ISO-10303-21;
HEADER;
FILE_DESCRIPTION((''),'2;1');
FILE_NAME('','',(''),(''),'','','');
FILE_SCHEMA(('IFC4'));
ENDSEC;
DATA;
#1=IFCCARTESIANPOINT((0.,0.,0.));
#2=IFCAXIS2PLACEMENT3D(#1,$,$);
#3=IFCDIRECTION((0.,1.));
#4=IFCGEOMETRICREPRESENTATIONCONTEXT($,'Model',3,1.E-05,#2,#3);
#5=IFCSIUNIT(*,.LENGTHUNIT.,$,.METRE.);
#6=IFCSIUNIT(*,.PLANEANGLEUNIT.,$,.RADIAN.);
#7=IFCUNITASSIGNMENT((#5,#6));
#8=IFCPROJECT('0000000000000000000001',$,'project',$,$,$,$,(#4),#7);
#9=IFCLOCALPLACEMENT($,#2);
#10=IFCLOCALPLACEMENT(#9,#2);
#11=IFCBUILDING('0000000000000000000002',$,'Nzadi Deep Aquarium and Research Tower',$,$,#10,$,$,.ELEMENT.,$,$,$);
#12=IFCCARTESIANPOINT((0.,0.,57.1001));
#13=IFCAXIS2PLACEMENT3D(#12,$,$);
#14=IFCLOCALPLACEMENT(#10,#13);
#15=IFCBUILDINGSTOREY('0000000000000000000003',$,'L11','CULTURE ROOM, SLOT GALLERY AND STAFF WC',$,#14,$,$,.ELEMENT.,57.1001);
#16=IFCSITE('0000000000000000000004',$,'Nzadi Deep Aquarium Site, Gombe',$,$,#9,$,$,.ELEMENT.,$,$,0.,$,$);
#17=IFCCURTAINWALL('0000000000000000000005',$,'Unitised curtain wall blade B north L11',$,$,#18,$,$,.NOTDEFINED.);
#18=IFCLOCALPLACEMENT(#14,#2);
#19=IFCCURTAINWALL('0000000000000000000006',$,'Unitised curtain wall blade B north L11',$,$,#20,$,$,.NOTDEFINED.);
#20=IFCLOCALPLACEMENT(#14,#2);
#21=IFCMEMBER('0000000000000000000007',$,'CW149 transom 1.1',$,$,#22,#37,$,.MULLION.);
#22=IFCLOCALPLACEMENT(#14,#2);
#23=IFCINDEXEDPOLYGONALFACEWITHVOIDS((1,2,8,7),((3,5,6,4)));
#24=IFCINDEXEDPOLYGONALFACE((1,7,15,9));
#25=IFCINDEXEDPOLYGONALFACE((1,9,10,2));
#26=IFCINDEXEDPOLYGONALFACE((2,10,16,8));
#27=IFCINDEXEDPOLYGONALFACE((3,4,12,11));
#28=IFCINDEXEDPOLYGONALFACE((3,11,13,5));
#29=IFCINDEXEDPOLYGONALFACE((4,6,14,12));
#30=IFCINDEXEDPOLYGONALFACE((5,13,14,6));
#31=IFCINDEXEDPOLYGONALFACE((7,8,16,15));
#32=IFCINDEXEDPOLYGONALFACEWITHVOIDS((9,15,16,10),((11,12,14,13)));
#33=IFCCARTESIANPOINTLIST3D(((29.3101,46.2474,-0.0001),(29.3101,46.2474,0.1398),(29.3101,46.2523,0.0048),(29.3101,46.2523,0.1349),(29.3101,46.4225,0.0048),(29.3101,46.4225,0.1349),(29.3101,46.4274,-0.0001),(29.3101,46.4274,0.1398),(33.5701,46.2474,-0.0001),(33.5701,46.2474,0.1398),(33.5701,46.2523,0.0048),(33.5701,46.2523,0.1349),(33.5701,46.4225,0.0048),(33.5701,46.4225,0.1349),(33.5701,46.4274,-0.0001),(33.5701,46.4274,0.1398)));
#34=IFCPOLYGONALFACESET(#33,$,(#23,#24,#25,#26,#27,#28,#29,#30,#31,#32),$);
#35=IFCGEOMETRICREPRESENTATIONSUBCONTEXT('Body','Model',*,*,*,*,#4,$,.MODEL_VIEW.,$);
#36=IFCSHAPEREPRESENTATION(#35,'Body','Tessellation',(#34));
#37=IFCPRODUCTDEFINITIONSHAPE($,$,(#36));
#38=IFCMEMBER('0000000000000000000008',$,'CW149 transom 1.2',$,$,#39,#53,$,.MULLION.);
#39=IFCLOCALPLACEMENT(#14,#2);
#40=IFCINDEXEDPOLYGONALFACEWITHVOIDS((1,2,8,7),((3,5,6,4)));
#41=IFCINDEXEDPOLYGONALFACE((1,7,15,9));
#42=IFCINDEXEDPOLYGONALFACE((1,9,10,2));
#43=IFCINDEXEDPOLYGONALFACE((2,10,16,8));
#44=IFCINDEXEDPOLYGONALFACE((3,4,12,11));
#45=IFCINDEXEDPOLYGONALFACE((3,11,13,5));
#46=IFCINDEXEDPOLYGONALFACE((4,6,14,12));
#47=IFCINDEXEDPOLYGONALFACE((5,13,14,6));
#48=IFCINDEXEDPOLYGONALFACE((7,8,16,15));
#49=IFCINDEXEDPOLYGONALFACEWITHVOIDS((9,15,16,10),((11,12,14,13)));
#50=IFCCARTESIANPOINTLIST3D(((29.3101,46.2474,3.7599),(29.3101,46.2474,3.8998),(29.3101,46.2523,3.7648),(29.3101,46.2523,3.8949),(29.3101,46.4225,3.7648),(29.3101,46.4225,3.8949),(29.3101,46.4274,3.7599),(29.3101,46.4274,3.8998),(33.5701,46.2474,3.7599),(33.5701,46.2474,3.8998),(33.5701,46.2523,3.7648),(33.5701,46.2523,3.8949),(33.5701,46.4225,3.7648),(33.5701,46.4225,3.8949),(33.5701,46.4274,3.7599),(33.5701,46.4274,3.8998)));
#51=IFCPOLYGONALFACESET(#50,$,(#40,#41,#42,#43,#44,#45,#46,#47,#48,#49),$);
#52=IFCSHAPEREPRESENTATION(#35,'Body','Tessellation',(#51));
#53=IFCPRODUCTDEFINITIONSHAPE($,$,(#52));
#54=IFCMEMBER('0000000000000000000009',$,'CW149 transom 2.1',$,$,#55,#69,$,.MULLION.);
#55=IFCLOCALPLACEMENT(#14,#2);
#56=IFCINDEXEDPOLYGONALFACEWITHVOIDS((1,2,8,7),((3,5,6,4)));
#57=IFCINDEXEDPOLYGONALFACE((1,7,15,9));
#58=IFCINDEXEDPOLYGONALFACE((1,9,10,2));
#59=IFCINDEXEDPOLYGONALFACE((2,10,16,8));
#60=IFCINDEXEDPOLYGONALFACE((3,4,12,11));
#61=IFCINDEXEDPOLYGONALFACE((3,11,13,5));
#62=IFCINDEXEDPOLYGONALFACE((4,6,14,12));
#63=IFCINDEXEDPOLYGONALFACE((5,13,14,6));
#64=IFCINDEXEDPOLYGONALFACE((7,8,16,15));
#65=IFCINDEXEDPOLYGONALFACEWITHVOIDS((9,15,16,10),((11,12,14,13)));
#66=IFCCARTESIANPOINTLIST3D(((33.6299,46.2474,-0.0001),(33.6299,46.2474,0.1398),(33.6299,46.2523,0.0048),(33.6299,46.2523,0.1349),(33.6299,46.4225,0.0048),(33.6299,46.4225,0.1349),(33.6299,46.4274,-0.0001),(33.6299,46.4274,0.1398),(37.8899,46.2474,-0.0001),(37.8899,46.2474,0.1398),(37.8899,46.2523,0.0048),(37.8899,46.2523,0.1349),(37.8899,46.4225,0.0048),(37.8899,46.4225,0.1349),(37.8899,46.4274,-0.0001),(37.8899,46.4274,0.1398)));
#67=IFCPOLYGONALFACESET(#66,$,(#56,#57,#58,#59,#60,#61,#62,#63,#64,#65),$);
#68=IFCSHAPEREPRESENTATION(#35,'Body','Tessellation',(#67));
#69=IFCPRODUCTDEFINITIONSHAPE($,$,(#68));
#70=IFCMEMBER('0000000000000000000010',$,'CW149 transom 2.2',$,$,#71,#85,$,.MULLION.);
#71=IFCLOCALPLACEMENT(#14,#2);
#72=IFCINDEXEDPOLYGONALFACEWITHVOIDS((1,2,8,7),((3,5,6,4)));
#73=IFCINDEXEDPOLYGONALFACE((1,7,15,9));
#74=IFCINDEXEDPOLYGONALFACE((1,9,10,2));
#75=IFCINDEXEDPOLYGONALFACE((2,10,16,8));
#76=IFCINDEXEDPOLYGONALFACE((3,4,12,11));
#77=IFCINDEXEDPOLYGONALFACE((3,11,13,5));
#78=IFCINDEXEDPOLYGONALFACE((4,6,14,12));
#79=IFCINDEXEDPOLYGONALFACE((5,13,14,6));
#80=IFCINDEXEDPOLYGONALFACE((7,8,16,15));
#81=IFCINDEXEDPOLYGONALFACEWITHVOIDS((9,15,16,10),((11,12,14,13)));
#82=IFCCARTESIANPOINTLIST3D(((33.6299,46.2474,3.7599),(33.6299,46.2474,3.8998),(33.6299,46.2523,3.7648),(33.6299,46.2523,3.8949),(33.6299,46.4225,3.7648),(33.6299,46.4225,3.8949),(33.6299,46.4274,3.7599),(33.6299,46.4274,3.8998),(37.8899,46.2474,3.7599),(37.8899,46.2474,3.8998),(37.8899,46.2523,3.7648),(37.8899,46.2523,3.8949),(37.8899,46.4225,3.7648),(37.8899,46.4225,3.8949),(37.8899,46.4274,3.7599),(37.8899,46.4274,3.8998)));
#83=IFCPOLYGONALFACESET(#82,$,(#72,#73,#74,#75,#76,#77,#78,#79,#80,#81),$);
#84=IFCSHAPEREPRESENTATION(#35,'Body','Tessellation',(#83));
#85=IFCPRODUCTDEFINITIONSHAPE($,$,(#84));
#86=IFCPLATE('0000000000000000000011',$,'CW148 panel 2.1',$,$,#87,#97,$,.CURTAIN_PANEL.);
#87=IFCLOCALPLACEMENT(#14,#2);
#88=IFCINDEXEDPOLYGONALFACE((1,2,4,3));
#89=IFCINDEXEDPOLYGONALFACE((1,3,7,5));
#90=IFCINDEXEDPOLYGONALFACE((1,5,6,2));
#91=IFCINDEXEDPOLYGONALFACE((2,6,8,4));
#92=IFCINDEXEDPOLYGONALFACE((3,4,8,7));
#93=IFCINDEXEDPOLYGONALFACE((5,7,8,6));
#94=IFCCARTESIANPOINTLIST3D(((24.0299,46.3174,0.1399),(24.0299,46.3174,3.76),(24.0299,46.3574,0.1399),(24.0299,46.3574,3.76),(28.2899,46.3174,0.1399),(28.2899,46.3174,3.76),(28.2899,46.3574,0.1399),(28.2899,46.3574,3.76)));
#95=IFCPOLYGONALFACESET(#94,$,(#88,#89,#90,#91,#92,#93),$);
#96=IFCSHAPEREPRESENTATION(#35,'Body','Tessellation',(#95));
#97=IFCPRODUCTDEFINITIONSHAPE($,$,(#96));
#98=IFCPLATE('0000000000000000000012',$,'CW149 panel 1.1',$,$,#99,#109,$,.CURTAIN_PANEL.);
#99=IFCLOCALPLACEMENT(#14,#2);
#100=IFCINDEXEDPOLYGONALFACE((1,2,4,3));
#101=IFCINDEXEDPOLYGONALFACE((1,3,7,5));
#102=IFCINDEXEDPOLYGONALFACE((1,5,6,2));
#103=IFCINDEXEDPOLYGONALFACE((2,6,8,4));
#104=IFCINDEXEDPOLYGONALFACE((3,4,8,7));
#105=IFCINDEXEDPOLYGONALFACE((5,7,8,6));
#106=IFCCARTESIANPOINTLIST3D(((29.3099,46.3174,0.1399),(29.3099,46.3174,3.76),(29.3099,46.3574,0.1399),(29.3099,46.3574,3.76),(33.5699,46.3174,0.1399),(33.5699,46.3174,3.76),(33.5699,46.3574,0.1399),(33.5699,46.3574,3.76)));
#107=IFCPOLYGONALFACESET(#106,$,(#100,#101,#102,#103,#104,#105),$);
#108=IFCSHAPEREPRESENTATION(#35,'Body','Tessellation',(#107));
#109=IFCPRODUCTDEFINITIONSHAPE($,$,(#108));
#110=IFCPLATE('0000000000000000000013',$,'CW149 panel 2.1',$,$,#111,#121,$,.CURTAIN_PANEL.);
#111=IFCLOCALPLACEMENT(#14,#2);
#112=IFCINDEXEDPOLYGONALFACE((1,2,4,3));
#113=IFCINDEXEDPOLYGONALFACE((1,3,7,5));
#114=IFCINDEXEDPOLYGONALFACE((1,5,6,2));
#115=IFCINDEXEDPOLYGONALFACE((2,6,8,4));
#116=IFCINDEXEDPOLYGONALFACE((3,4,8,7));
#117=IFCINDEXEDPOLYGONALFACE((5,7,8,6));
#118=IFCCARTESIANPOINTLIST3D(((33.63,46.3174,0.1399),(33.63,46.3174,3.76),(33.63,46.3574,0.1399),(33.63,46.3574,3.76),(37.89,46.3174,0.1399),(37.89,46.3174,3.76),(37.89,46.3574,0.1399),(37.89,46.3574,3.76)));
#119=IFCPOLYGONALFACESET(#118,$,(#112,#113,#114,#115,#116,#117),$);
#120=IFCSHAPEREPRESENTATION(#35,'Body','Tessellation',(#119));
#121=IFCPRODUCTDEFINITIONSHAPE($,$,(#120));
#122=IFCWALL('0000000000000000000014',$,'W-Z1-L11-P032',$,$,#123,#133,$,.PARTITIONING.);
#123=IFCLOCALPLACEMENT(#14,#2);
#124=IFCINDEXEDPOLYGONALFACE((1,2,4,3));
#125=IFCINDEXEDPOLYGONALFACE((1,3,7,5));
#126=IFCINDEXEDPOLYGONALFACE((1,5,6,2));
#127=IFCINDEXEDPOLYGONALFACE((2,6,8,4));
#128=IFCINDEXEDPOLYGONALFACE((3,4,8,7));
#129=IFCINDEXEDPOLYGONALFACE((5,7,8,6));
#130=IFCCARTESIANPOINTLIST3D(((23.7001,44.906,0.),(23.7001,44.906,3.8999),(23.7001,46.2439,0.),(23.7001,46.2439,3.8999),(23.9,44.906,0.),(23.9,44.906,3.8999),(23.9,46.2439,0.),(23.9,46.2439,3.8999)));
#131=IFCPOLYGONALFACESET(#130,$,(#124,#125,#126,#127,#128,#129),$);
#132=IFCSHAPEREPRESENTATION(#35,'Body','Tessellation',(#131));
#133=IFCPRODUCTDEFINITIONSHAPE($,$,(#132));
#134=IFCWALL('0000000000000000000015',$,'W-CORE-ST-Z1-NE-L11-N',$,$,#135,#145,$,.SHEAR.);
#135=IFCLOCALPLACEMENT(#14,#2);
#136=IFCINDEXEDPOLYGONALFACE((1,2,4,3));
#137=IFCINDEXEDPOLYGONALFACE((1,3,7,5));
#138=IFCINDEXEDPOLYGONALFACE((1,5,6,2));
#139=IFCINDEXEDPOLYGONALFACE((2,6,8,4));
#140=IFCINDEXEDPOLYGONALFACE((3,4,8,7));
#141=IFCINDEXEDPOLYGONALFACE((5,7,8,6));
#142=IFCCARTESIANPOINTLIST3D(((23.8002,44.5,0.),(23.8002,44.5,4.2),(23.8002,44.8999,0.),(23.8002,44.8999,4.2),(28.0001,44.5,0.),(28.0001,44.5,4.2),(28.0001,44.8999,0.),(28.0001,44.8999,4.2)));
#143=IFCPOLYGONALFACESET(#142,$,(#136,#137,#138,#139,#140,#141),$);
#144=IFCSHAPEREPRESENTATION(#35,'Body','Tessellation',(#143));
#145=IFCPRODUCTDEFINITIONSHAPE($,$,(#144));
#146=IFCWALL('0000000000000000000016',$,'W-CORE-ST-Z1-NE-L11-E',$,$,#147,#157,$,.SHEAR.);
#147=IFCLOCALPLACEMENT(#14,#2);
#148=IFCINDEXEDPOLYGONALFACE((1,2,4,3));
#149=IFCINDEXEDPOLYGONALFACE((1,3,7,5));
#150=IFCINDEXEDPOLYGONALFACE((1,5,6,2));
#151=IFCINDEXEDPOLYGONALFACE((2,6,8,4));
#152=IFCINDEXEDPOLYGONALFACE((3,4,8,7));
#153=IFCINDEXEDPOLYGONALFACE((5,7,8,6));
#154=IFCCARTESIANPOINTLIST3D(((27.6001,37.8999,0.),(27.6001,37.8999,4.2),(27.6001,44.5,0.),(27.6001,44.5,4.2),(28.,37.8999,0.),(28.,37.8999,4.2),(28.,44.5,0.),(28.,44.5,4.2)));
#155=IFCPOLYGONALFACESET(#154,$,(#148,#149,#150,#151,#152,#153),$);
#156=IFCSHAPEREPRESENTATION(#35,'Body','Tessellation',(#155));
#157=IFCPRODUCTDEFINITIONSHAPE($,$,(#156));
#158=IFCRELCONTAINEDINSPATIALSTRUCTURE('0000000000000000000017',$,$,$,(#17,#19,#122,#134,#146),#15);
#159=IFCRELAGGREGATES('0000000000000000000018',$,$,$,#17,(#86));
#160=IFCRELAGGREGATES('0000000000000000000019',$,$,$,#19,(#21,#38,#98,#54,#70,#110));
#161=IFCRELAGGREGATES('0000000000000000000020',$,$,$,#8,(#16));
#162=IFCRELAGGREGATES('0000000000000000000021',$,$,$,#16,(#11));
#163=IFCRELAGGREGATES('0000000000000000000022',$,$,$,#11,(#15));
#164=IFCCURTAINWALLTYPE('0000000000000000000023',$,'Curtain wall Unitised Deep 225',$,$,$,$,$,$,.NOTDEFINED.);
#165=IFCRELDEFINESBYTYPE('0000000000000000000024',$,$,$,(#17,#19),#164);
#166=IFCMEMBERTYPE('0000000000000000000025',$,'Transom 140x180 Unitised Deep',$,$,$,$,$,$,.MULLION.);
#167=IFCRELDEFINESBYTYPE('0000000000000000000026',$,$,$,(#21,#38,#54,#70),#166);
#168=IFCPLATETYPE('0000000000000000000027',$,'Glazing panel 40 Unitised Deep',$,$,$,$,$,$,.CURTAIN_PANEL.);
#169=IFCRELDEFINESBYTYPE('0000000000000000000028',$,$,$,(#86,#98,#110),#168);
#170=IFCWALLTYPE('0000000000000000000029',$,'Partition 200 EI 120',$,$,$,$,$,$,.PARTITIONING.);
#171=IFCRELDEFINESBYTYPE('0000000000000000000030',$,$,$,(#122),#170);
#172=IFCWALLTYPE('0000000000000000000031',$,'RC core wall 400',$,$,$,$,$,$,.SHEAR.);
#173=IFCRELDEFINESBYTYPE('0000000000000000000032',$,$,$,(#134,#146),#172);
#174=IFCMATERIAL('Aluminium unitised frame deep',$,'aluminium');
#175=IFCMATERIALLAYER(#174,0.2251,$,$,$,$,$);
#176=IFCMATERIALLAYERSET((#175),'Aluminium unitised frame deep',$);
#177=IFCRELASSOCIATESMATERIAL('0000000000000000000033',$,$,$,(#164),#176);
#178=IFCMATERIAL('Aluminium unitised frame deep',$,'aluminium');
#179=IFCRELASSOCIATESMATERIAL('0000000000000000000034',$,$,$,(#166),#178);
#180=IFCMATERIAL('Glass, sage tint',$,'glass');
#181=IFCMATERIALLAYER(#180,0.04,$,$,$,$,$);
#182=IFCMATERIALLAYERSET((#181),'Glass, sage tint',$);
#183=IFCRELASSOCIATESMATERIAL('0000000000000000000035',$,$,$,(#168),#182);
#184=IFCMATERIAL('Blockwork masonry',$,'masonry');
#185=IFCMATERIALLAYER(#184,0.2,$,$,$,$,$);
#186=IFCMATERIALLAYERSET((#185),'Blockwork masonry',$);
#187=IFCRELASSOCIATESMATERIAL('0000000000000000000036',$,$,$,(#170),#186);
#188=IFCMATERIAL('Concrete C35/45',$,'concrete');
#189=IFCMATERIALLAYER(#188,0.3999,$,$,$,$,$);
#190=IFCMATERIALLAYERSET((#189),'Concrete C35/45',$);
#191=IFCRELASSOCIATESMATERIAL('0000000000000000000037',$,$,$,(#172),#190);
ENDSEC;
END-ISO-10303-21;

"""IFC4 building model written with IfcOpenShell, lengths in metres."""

from ifc_helpers import new_model, si_unit, direction, frame, frame_2d, origin, origin_2d, place, context, subcontext, project, spatial, rectangle, hollow_rectangle, extrude, material, layer, layer_set, material_profile, profile_set, type_object, element, aggregate, save


model = new_model("IFC4")

# Units and contexts
model_context = context("Model", 3, precision=1e-05, world=origin(), true_north=direction((0.0, 1.0)))
body_context = subcontext(model_context, "Body", "Model", "MODEL_VIEW")
ifc_project = project(units=[si_unit("LENGTHUNIT", "METRE"), si_unit("PLANEANGLEUNIT", "RADIAN")], contexts=[model_context])

# Site, building, storey
site_placement = place(None, origin())
site = spatial("IfcSite", under=ifc_project, at=site_placement, Name="Nzadi Deep Aquarium Site, Gombe", CompositionType="ELEMENT", RefElevation=0.0)
building_placement = place(site_placement, origin())
building = spatial("IfcBuilding", under=site, at=building_placement, Name="Nzadi Deep Aquarium and Research Tower", CompositionType="ELEMENT")
storey_placement = place(building_placement, frame((0.0, 0.0, 57.1001)))
storey = spatial("IfcBuildingStorey", under=building, at=storey_placement, Name="L11", Description="CULTURE ROOM, SLOT GALLERY AND STAFF WC", CompositionType="ELEMENT", Elevation=57.1001)

# Curtain walls
ifc_material_1 = material(Name="Aluminium unitised frame deep", Category="aluminium")
ifc_layer_1 = layer(ifc_material_1, 0.2251)
ifc_layer_set_1 = layer_set([ifc_layer_1], Name="Aluminium unitised frame deep")
curtain_wall_type = type_object("IfcCurtainWallType", Name="Curtain wall Unitised Deep 225", PredefinedType="NOTDEFINED", material=ifc_layer_set_1)
curtain_wall_1_placement = place(storey_placement, origin())
curtain_wall_1 = element("IfcCurtainWall", 1, at=curtain_wall_1_placement, inside=storey, type_object=curtain_wall_type, Name="Unitised curtain wall blade B north L11", PredefinedType="NOTDEFINED")
curtain_wall_2_placement = place(storey_placement, origin())
curtain_wall_2 = element("IfcCurtainWall", 2, at=curtain_wall_2_placement, inside=storey, type_object=curtain_wall_type, Name="Unitised curtain wall blade B north L11", PredefinedType="NOTDEFINED")

# Members
ifc_material_2 = material(Name="Aluminium unitised frame deep", Category="aluminium")
ifc_material_profile_1 = material_profile(ifc_material_2, hollow_rectangle(XDim=0.1799, YDim=0.1399, WallThickness=0.0049, at=origin_2d()))
ifc_profile_set_1 = profile_set([ifc_material_profile_1], Name="Aluminium unitised frame deep")
member_type_1 = type_object("IfcMemberType", Name="Transom 140x180 Unitised Deep", PredefinedType="MULLION", material=ifc_profile_set_1)
member_1_placement = place(storey_placement, frame((29.3101, 46.3374, 0.0698), z_axis=(1.0, 0.0, 0.0), x_axis=(0.0, 1.0, 0.0)))
member_1 = element("IfcMember", 3, at=member_1_placement, type_object=member_type_1, Name="CW149 transom 1.1", PredefinedType="MULLION", context=body_context, shape_type="SweptSolid", body=[
    extrude(hollow_rectangle(XDim=0.1799, YDim=0.1399, WallThickness=0.0049, at=origin_2d()), origin(), (0.0, 0.0, 1.0), 4.26),
])
member_2_placement = place(storey_placement, frame((29.3101, 46.3374, 3.8298), z_axis=(1.0, 0.0, 0.0), x_axis=(0.0, 1.0, 0.0)))
member_2 = element("IfcMember", 4, at=member_2_placement, type_object=member_type_1, Name="CW149 transom 1.2", PredefinedType="MULLION", context=body_context, shape_type="SweptSolid", body=[
    extrude(hollow_rectangle(XDim=0.1799, YDim=0.1399, WallThickness=0.0049, at=origin_2d()), origin(), (0.0, 0.0, 1.0), 4.26),
])
member_3_placement = place(storey_placement, frame((33.6299, 46.3374, 0.0698), z_axis=(1.0, 0.0, 0.0), x_axis=(0.0, 1.0, 0.0)))
member_3 = element("IfcMember", 5, at=member_3_placement, type_object=member_type_1, Name="CW149 transom 2.1", PredefinedType="MULLION", context=body_context, shape_type="SweptSolid", body=[
    extrude(hollow_rectangle(XDim=0.1799, YDim=0.1399, WallThickness=0.0049, at=origin_2d()), origin(), (0.0, 0.0, 1.0), 4.26),
])
member_4_placement = place(storey_placement, frame((33.6299, 46.3374, 3.8298), z_axis=(1.0, 0.0, 0.0), x_axis=(0.0, 1.0, 0.0)))
member_4 = element("IfcMember", 6, at=member_4_placement, type_object=member_type_1, Name="CW149 transom 2.2", PredefinedType="MULLION", context=body_context, shape_type="SweptSolid", body=[
    extrude(hollow_rectangle(XDim=0.1799, YDim=0.1399, WallThickness=0.0049, at=origin_2d()), origin(), (0.0, 0.0, 1.0), 4.26),
])

# Plates
ifc_material_3 = material(Name="Glass, sage tint", Category="glass")
ifc_layer_2 = layer(ifc_material_3, 0.04)
ifc_layer_set_2 = layer_set([ifc_layer_2], Name="Glass, sage tint")
plate_type = type_object("IfcPlateType", Name="Glazing panel 40 Unitised Deep", PredefinedType="CURTAIN_PANEL", material=ifc_layer_set_2)
plate_1_placement = place(storey_placement, frame((26.1599, 46.3374, 0.1399), z_axis=(0.0, 0.0, 1.0), x_axis=(1.0, 0.0, 0.0)))
plate_1 = element("IfcPlate", 7, at=plate_1_placement, type_object=plate_type, Name="CW148 panel 2.1", PredefinedType="CURTAIN_PANEL", context=body_context, shape_type="SweptSolid", body=[
    extrude(rectangle(XDim=4.26, YDim=0.04, at=origin_2d()), origin(), (0.0, 0.0, 1.0), 3.6201),
])
aggregate(curtain_wall_1, [plate_1])
plate_2_placement = place(storey_placement, frame((31.4399, 46.3374, 0.1399), z_axis=(0.0, 0.0, 1.0), x_axis=(1.0, 0.0, 0.0)))
plate_2 = element("IfcPlate", 8, at=plate_2_placement, type_object=plate_type, Name="CW149 panel 1.1", PredefinedType="CURTAIN_PANEL", context=body_context, shape_type="SweptSolid", body=[
    extrude(rectangle(XDim=4.26, YDim=0.04, at=origin_2d()), origin(), (0.0, 0.0, 1.0), 3.6201),
])
plate_3_placement = place(storey_placement, frame((35.76, 46.3374, 0.1399), z_axis=(0.0, 0.0, 1.0), x_axis=(1.0, 0.0, 0.0)))
plate_3 = element("IfcPlate", 9, at=plate_3_placement, type_object=plate_type, Name="CW149 panel 2.1", PredefinedType="CURTAIN_PANEL", context=body_context, shape_type="SweptSolid", body=[
    extrude(rectangle(XDim=4.26, YDim=0.04, at=origin_2d()), origin(), (0.0, 0.0, 1.0), 3.6201),
])
aggregate(curtain_wall_2, [member_1, member_2, plate_2, member_3, member_4, plate_3])

# Walls
ifc_material_4 = material(Name="Blockwork masonry", Category="masonry")
ifc_layer_3 = layer(ifc_material_4, 0.2)
ifc_layer_set_3 = layer_set([ifc_layer_3], Name="Blockwork masonry")
wall_type_1 = type_object("IfcWallType", Name="Partition 200 EI 120", PredefinedType="PARTITIONING", material=ifc_layer_set_3)
wall_1_placement = place(storey_placement, frame((23.8, 44.906, 0.0), z_axis=(0.0, 0.0, 1.0), x_axis=(0.0, 1.0, 0.0)))
element("IfcWall", 10, at=wall_1_placement, inside=storey, type_object=wall_type_1, Name="W-Z1-L11-P032", PredefinedType="PARTITIONING", context=body_context, shape_type="SweptSolid", body=[
    extrude(rectangle(XDim=1.3379, YDim=0.2, at=frame_2d((0.6689, 0.0))), origin(), (0.0, 0.0, 1.0), 3.8999),
])
ifc_material_5 = material(Name="Concrete C35/45", Category="concrete")
ifc_layer_4 = layer(ifc_material_5, 0.3999)
ifc_layer_set_4 = layer_set([ifc_layer_4], Name="Concrete C35/45")
wall_type_2 = type_object("IfcWallType", Name="RC core wall 400", PredefinedType="SHEAR", material=ifc_layer_set_4)
wall_2_placement = place(storey_placement, frame((23.8, 44.7, 0.0), z_axis=(0.0, 0.0, 1.0), x_axis=(1.0, 0.0, 0.0)))
element("IfcWall", 11, at=wall_2_placement, inside=storey, type_object=wall_type_2, Name="W-CORE-ST-Z1-NE-L11-N", PredefinedType="SHEAR", context=body_context, shape_type="SweptSolid", body=[
    extrude(rectangle(XDim=4.2, YDim=0.3999, at=frame_2d((2.1001, 0.0))), origin(), (0.0, 0.0, 1.0), 4.2),
])
wall_3_placement = place(storey_placement, frame((27.8, 37.8999, 0.0), z_axis=(0.0, 0.0, 1.0), x_axis=(0.0, 1.0, 0.0)))
element("IfcWall", 12, at=wall_3_placement, inside=storey, type_object=wall_type_2, Name="W-CORE-ST-Z1-NE-L11-E", PredefinedType="SHEAR", context=body_context, shape_type="SweptSolid", body=[
    extrude(rectangle(XDim=6.6001, YDim=0.3999, at=frame_2d((3.3, 0.0))), origin(), (0.0, 0.0, 1.0), 4.2),
])

save(model, "model.ifc")
